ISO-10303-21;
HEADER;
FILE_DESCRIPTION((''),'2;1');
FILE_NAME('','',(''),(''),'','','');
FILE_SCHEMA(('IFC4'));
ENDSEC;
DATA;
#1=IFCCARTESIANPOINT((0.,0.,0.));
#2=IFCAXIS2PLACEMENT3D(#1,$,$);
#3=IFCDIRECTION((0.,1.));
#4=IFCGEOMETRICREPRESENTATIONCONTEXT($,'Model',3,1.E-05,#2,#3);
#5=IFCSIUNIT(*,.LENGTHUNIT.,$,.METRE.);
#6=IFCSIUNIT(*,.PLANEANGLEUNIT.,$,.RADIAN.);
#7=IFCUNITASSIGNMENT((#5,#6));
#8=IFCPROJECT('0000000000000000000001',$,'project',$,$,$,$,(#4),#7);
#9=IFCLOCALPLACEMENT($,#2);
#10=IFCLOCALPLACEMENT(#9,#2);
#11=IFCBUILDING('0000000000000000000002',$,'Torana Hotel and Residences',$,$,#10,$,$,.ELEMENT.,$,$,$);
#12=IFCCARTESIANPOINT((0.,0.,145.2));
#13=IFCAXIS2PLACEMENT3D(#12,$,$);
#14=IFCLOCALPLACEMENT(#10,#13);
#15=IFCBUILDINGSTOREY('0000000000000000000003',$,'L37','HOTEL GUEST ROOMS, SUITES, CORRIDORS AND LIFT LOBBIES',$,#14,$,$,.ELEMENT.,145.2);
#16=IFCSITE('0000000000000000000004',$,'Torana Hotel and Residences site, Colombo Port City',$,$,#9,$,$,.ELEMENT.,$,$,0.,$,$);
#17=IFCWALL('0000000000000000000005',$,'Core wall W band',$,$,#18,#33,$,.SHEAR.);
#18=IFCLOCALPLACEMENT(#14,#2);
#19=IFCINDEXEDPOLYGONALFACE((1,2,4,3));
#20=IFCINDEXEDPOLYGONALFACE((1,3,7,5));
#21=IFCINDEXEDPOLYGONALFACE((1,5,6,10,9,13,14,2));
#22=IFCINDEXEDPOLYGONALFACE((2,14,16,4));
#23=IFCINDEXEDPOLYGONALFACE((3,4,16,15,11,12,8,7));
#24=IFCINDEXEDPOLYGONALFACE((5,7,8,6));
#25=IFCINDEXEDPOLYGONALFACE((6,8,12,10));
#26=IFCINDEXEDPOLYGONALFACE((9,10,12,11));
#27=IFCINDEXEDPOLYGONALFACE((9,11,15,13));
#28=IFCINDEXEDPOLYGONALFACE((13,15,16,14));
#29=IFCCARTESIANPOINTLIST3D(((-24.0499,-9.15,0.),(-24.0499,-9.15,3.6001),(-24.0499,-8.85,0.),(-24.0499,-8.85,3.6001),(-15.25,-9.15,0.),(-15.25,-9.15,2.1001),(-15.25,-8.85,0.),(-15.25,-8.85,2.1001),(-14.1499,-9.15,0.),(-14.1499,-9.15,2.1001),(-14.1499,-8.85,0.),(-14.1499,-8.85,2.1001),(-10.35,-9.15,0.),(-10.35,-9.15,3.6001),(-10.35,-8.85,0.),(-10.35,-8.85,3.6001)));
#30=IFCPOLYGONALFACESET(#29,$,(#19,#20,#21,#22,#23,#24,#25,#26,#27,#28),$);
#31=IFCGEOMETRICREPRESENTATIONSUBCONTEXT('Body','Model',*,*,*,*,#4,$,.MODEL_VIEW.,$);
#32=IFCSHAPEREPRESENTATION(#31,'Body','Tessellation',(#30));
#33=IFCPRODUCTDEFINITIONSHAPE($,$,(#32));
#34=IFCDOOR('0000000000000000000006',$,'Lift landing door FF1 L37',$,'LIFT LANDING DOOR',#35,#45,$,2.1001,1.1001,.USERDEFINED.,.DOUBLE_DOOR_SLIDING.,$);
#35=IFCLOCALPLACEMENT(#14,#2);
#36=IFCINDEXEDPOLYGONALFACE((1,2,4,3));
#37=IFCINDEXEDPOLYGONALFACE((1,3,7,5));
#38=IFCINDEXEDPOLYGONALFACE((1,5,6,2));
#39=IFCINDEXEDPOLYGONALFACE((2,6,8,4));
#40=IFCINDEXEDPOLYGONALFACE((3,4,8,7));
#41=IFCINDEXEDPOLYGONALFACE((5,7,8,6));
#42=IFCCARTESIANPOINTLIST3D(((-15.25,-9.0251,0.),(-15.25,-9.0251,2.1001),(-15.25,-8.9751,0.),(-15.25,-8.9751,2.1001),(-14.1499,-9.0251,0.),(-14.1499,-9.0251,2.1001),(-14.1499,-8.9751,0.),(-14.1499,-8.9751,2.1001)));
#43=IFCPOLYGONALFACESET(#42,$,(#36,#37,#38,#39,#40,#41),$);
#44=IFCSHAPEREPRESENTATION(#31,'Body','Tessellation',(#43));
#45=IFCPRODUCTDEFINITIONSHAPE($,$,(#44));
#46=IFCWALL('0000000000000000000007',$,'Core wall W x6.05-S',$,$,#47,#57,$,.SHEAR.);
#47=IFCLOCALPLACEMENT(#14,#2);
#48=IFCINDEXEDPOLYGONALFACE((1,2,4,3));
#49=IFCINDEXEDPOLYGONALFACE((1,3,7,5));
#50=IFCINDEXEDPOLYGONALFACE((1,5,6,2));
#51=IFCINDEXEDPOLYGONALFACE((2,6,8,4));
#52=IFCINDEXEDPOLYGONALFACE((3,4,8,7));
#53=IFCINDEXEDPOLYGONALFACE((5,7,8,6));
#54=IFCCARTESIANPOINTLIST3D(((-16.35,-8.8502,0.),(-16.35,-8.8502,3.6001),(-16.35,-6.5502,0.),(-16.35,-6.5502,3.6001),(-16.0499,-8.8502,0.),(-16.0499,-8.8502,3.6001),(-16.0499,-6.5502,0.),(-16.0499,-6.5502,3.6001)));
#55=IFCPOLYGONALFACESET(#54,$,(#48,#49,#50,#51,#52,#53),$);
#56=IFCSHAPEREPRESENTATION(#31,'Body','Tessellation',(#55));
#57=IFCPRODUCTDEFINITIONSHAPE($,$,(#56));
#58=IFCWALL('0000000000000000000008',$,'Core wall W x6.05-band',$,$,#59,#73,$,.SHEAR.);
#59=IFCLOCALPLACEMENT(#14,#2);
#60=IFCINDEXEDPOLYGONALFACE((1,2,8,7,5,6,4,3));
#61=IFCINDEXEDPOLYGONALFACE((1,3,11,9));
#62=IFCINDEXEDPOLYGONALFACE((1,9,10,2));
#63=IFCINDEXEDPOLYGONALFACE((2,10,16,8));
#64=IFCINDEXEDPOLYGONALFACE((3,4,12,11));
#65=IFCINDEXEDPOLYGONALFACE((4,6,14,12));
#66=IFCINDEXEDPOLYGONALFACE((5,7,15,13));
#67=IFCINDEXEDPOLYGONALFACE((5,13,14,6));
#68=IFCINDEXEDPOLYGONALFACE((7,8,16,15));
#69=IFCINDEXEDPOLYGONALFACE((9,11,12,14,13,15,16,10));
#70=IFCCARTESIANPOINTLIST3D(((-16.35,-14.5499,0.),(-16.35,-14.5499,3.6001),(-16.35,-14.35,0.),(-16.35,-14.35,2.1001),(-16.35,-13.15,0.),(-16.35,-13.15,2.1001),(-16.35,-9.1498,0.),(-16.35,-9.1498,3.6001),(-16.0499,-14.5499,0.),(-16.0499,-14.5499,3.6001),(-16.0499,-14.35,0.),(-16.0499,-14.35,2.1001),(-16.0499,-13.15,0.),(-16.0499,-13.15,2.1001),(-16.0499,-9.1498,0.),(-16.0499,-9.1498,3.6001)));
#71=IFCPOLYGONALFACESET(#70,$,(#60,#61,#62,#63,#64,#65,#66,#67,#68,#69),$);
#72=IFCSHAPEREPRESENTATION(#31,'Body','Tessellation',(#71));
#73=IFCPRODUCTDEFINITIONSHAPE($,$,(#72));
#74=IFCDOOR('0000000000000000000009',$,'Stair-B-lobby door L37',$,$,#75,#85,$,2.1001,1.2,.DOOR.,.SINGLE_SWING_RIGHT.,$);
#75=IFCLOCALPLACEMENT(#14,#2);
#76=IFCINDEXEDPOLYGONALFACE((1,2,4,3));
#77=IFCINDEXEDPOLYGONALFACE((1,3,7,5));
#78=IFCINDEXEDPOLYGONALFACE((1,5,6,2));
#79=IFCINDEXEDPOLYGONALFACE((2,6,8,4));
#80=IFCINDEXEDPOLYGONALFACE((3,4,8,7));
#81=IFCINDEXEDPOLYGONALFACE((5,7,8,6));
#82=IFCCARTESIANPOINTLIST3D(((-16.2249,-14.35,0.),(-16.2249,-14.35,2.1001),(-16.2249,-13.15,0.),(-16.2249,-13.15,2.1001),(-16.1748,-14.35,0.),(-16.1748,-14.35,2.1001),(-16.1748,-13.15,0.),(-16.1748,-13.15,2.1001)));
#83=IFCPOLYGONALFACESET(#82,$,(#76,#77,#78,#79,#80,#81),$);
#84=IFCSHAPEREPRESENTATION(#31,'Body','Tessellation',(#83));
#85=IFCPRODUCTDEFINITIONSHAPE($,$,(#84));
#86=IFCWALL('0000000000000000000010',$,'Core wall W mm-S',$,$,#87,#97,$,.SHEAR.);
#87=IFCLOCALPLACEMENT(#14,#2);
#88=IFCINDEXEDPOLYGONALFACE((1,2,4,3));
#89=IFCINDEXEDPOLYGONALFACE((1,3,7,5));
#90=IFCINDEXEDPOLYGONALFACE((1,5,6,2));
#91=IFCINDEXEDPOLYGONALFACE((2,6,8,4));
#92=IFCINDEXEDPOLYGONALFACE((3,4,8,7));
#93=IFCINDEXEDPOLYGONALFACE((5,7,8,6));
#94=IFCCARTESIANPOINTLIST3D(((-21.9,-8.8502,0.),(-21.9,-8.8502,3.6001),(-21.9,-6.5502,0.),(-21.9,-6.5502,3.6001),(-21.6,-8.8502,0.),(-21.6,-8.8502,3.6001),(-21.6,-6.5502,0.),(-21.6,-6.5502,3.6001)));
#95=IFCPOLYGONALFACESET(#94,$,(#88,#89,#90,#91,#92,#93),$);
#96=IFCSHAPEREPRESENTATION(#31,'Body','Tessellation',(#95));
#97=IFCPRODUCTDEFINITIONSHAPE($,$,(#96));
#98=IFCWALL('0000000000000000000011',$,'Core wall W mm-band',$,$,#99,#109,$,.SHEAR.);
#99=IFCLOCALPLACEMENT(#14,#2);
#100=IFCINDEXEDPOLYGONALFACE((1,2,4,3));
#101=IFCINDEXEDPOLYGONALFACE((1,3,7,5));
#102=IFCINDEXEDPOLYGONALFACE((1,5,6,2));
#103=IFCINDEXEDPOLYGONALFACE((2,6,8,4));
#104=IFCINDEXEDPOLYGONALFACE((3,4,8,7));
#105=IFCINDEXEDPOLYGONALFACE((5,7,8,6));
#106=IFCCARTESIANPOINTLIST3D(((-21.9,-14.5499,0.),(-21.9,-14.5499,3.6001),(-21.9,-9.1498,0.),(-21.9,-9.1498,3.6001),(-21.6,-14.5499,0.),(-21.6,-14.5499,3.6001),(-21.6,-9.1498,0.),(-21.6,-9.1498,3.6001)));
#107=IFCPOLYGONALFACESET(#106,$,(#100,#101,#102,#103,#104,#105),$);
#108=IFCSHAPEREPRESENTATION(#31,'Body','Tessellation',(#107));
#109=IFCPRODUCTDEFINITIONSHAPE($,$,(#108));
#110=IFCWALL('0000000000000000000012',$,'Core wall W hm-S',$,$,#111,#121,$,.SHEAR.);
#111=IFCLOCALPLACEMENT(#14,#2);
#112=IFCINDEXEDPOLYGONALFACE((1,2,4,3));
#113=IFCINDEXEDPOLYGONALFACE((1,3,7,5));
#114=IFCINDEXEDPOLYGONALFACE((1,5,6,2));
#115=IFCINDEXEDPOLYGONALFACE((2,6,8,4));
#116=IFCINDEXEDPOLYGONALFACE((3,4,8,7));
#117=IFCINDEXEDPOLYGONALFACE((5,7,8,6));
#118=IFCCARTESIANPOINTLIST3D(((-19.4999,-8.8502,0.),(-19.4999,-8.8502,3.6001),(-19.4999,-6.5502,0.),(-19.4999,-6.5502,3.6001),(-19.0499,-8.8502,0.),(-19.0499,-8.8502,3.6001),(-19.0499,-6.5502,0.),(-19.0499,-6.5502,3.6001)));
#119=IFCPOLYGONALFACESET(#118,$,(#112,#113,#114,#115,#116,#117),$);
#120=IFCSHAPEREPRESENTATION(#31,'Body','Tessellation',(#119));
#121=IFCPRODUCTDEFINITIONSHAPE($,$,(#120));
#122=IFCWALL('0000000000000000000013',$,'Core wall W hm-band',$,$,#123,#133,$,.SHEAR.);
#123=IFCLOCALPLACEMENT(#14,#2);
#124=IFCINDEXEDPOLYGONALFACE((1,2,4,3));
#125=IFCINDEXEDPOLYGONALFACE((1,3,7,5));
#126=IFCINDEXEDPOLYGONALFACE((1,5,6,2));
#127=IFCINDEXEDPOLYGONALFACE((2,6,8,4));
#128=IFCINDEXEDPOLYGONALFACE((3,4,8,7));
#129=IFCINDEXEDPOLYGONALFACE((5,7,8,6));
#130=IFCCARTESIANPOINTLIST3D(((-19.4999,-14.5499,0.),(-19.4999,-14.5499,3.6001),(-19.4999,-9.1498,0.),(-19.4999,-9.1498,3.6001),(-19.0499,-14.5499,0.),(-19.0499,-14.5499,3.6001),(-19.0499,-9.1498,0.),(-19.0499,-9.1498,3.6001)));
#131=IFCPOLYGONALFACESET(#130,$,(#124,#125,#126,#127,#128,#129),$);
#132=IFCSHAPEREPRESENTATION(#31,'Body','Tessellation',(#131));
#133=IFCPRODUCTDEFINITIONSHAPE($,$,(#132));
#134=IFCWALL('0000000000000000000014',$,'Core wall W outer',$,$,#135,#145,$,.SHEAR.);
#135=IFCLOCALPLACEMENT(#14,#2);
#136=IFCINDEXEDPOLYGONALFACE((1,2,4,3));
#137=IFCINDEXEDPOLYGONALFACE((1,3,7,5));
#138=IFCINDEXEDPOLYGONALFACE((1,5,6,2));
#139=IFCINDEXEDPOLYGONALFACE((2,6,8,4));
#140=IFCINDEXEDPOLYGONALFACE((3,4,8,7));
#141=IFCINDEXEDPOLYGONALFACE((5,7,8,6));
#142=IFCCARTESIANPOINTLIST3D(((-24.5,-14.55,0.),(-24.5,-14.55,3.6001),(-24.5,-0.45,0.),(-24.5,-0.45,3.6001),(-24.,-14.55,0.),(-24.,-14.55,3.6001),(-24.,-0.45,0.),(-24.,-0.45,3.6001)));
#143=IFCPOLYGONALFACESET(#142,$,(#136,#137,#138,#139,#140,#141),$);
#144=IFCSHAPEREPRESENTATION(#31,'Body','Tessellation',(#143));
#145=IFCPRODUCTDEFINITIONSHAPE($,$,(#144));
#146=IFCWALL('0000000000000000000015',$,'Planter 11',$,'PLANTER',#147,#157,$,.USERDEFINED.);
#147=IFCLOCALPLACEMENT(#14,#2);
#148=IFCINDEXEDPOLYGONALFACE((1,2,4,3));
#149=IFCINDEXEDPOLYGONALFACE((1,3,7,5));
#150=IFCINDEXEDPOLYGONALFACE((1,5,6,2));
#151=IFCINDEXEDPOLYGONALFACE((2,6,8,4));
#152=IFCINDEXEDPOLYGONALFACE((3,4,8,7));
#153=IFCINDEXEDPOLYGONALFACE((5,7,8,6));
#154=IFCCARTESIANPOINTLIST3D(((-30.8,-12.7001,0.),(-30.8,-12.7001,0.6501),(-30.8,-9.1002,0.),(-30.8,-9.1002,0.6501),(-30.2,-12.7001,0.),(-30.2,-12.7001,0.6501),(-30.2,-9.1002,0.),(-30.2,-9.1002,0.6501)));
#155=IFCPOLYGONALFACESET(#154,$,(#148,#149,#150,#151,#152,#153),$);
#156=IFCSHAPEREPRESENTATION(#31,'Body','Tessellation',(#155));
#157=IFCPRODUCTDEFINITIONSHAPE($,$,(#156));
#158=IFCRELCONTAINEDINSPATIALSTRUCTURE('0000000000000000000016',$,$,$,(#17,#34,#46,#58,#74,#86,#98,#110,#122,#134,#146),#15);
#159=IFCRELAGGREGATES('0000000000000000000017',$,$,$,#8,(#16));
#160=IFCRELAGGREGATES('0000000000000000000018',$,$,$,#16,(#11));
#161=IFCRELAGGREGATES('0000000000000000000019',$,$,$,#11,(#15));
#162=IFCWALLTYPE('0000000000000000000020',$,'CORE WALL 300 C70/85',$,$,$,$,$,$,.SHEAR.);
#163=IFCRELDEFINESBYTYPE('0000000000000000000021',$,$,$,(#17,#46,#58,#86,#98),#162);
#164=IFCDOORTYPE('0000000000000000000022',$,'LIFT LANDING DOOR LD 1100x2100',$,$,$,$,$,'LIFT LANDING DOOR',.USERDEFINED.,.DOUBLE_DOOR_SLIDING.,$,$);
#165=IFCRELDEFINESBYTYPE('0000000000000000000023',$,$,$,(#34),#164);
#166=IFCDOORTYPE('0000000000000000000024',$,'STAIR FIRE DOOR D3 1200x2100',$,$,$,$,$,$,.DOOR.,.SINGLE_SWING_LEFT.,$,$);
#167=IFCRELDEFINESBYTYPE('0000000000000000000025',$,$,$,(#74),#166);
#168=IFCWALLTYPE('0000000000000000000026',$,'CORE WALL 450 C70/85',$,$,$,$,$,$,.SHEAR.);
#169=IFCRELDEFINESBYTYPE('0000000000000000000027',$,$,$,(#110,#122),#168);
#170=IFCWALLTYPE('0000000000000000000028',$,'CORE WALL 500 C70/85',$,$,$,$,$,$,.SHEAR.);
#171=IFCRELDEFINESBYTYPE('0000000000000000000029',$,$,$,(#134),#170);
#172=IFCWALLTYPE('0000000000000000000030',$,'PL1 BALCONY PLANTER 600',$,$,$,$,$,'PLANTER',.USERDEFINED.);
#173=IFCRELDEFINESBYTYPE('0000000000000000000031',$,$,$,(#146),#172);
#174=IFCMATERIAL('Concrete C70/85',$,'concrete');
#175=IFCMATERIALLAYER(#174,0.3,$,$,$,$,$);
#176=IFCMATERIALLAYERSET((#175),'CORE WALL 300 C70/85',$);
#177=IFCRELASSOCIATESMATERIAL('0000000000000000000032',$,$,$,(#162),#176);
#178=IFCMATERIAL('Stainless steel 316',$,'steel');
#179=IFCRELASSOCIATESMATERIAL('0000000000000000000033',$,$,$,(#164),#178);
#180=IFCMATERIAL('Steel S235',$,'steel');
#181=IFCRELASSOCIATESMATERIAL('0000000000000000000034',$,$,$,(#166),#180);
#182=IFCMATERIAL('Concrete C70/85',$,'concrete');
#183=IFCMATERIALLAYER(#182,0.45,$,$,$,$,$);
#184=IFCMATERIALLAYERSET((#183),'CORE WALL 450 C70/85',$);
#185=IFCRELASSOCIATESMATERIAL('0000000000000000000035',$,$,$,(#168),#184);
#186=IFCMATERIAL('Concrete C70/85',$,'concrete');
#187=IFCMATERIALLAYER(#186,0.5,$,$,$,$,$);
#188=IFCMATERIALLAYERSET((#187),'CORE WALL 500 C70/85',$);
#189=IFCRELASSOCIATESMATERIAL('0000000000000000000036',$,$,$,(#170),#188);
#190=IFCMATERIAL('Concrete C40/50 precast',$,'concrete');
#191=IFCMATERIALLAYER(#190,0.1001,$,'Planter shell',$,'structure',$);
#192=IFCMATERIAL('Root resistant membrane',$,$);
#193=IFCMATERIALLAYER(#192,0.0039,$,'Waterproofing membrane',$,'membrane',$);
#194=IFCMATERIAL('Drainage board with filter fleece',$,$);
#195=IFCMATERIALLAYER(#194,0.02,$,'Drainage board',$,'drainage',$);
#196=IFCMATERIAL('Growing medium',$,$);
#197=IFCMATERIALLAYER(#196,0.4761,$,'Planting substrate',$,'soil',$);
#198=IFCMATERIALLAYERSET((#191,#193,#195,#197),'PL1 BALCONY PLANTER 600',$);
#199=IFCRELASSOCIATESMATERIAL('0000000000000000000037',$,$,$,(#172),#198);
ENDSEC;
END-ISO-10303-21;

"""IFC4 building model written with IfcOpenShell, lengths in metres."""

from ifc_helpers import new_model, si_unit, direction, frame, frame_2d, origin, place, context, subcontext, project, spatial, rectangle, extrude, material, layer, layer_set, type_object, element, fill, save


model = new_model("IFC4")

# Units and contexts
model_context = context("Model", 3, precision=1e-05, world=origin(), true_north=direction((0.0, 1.0)))
body_context = subcontext(model_context, "Body", "Model", "MODEL_VIEW")
ifc_project = project(units=[si_unit("LENGTHUNIT", "METRE"), si_unit("PLANEANGLEUNIT", "RADIAN")], contexts=[model_context])

# Site, building, storey
site_placement = place(None, origin())
site = spatial("IfcSite", under=ifc_project, at=site_placement, Name="Torana Hotel and Residences site, Colombo Port City", CompositionType="ELEMENT", RefElevation=0.0)
building_placement = place(site_placement, origin())
building = spatial("IfcBuilding", under=site, at=building_placement, Name="Torana Hotel and Residences", CompositionType="ELEMENT")
storey_placement = place(building_placement, frame((0.0, 0.0, 145.2)))
storey = spatial("IfcBuildingStorey", under=building, at=storey_placement, Name="L37", Description="HOTEL GUEST ROOMS, SUITES, CORRIDORS AND LIFT LOBBIES", CompositionType="ELEMENT", Elevation=145.2)

# Wall, opening, door
ifc_material_1 = material(Name="Concrete C70/85", Category="concrete")
ifc_layer_1 = layer(ifc_material_1, 0.3)
ifc_layer_set_1 = layer_set([ifc_layer_1], Name="CORE WALL 300 C70/85")
wall_type_1 = type_object("IfcWallType", Name="CORE WALL 300 C70/85", PredefinedType="SHEAR", material=ifc_layer_set_1)
wall_1_placement = place(storey_placement, frame((-24.05, -9.0, 0.0), z_axis=(0.0, 0.0, 1.0), x_axis=(1.0, 0.0, 0.0)))
wall_1 = element("IfcWall", 1, at=wall_1_placement, inside=storey, type_object=wall_type_1, Name="Core wall W band", PredefinedType="SHEAR", context=body_context, shape_type="SweptSolid", body=[
    extrude(rectangle(XDim=13.7, YDim=0.3, at=frame_2d((6.8501, 0.0))), origin(), (0.0, 0.0, 1.0), 3.6001),
])
opening_1_placement = place(wall_1_placement, frame((8.8, 0.0, 0.0)))
opening_1 = element("IfcOpeningElement", 2, at=opening_1_placement, cuts=wall_1, PredefinedType="OPENING", context=body_context, shape_type="SweptSolid", body=[
    extrude(rectangle(XDim=1.1001, YDim=2.1001, at=frame_2d((0.55, 1.05))), frame((0.0, 0.1599, 0.0), z_axis=(0.0, -1.0, 0.0), x_axis=(1.0, 0.0, 0.0)), (0.0, 0.0, 1.0), 0.3201),
])
ifc_material_2 = material(Name="Stainless steel 316", Category="steel")
door_type_1 = type_object("IfcDoorType", Name="LIFT LANDING DOOR LD 1100x2100", ElementType="LIFT LANDING DOOR", OperationType="DOUBLE_DOOR_SLIDING", PredefinedType="USERDEFINED", material=ifc_material_2)
door_1_placement = place(opening_1_placement, origin())
door_1 = element("IfcDoor", 3, at=door_1_placement, inside=storey, type_object=door_type_1, Name="Lift landing door FF1 L37", ObjectType="LIFT LANDING DOOR", OperationType="DOUBLE_DOOR_SLIDING", OverallHeight=2.1001, OverallWidth=1.1001, PredefinedType="USERDEFINED", context=body_context, shape_type="SweptSolid", body=[
    extrude(rectangle(XDim=1.1001, YDim=2.1001, at=frame_2d((0.55, 1.05))), frame((0.0, 0.0249, 0.0), z_axis=(0.0, -1.0, 0.0), x_axis=(1.0, 0.0, 0.0)), (0.0, 0.0, 1.0), 0.05),
])
fill(opening_1, door_1)

# Wall
wall_2_placement = place(storey_placement, frame((-16.2, -8.8501, 0.0), z_axis=(0.0, 0.0, 1.0), x_axis=(0.0, 1.0, 0.0)))
element("IfcWall", 4, at=wall_2_placement, inside=storey, type_object=wall_type_1, Name="Core wall W x6.05-S", PredefinedType="SHEAR", context=body_context, shape_type="SweptSolid", body=[
    extrude(rectangle(XDim=2.3, YDim=0.3, at=frame_2d((1.1499, 0.0))), origin(), (0.0, 0.0, 1.0), 3.6001),
])

# Wall, opening, door
wall_3_placement = place(storey_placement, frame((-16.2, -14.55, 0.0), z_axis=(0.0, 0.0, 1.0), x_axis=(0.0, 1.0, 0.0)))
wall_3 = element("IfcWall", 5, at=wall_3_placement, inside=storey, type_object=wall_type_1, Name="Core wall W x6.05-band", PredefinedType="SHEAR", context=body_context, shape_type="SweptSolid", body=[
    extrude(rectangle(XDim=5.4001, YDim=0.3, at=frame_2d((2.7002, 0.0))), origin(), (0.0, 0.0, 1.0), 3.6001),
])
opening_2_placement = place(wall_3_placement, frame((0.2, 0.0, 0.0)))
opening_2 = element("IfcOpeningElement", 6, at=opening_2_placement, cuts=wall_3, PredefinedType="OPENING", context=body_context, shape_type="SweptSolid", body=[
    extrude(rectangle(XDim=1.2, YDim=2.1001, at=frame_2d((0.6001, 1.05))), frame((0.0, 0.1599, 0.0), z_axis=(0.0, -1.0, 0.0), x_axis=(1.0, 0.0, 0.0)), (0.0, 0.0, 1.0), 0.3201),
])
ifc_material_3 = material(Name="Steel S235", Category="steel")
door_type_2 = type_object("IfcDoorType", Name="STAIR FIRE DOOR D3 1200x2100", OperationType="SINGLE_SWING_LEFT", PredefinedType="DOOR", material=ifc_material_3)
door_2_placement = place(opening_2_placement, origin())
door_2 = element("IfcDoor", 7, at=door_2_placement, inside=storey, type_object=door_type_2, Name="Stair-B-lobby door L37", OperationType="SINGLE_SWING_RIGHT", OverallHeight=2.1001, OverallWidth=1.2, PredefinedType="DOOR", context=body_context, shape_type="SweptSolid", body=[
    extrude(rectangle(XDim=1.2, YDim=2.1001, at=frame_2d((0.6001, 1.05))), frame((0.0, 0.0249, 0.0), z_axis=(0.0, -1.0, 0.0), x_axis=(1.0, 0.0, 0.0)), (0.0, 0.0, 1.0), 0.05),
])
fill(opening_2, door_2)

# Walls
wall_4_placement = place(storey_placement, frame((-21.75, -8.8501, 0.0), z_axis=(0.0, 0.0, 1.0), x_axis=(0.0, 1.0, 0.0)))
element("IfcWall", 8, at=wall_4_placement, inside=storey, type_object=wall_type_1, Name="Core wall W mm-S", PredefinedType="SHEAR", context=body_context, shape_type="SweptSolid", body=[
    extrude(rectangle(XDim=2.3, YDim=0.3, at=frame_2d((1.1499, 0.0))), origin(), (0.0, 0.0, 1.0), 3.6001),
])
wall_5_placement = place(storey_placement, frame((-21.75, -14.55, 0.0), z_axis=(0.0, 0.0, 1.0), x_axis=(0.0, 1.0, 0.0)))
element("IfcWall", 9, at=wall_5_placement, inside=storey, type_object=wall_type_1, Name="Core wall W mm-band", PredefinedType="SHEAR", context=body_context, shape_type="SweptSolid", body=[
    extrude(rectangle(XDim=5.4001, YDim=0.3, at=frame_2d((2.7002, 0.0))), origin(), (0.0, 0.0, 1.0), 3.6001),
])
ifc_material_4 = material(Name="Concrete C70/85", Category="concrete")
ifc_layer_2 = layer(ifc_material_4, 0.45)
ifc_layer_set_2 = layer_set([ifc_layer_2], Name="CORE WALL 450 C70/85")
wall_type_2 = type_object("IfcWallType", Name="CORE WALL 450 C70/85", PredefinedType="SHEAR", material=ifc_layer_set_2)
wall_6_placement = place(storey_placement, frame((-19.2749, -8.8501, 0.0), z_axis=(0.0, 0.0, 1.0), x_axis=(0.0, 1.0, 0.0)))
element("IfcWall", 10, at=wall_6_placement, inside=storey, type_object=wall_type_2, Name="Core wall W hm-S", PredefinedType="SHEAR", context=body_context, shape_type="SweptSolid", body=[
    extrude(rectangle(XDim=2.3, YDim=0.45, at=frame_2d((1.1499, 0.0))), origin(), (0.0, 0.0, 1.0), 3.6001),
])
wall_7_placement = place(storey_placement, frame((-19.2749, -14.55, 0.0), z_axis=(0.0, 0.0, 1.0), x_axis=(0.0, 1.0, 0.0)))
element("IfcWall", 11, at=wall_7_placement, inside=storey, type_object=wall_type_2, Name="Core wall W hm-band", PredefinedType="SHEAR", context=body_context, shape_type="SweptSolid", body=[
    extrude(rectangle(XDim=5.4001, YDim=0.45, at=frame_2d((2.7002, 0.0))), origin(), (0.0, 0.0, 1.0), 3.6001),
])
ifc_material_5 = material(Name="Concrete C70/85", Category="concrete")
ifc_layer_3 = layer(ifc_material_5, 0.5)
ifc_layer_set_3 = layer_set([ifc_layer_3], Name="CORE WALL 500 C70/85")
wall_type_3 = type_object("IfcWallType", Name="CORE WALL 500 C70/85", PredefinedType="SHEAR", material=ifc_layer_set_3)
wall_8_placement = place(storey_placement, frame((-24.25, -14.55, 0.0), z_axis=(0.0, 0.0, 1.0), x_axis=(0.0, 1.0, 0.0)))
element("IfcWall", 12, at=wall_8_placement, inside=storey, type_object=wall_type_3, Name="Core wall W outer", PredefinedType="SHEAR", context=body_context, shape_type="SweptSolid", body=[
    extrude(rectangle(XDim=14.1001, YDim=0.5, at=frame_2d((7.05, 0.0))), origin(), (0.0, 0.0, 1.0), 3.6001),
])
ifc_material_6 = material(Name="Concrete C40/50 precast", Category="concrete")
ifc_layer_4 = layer(ifc_material_6, 0.1001, Name="Planter shell", Category="structure")
ifc_material_7 = material(Name="Root resistant membrane")
ifc_layer_5 = layer(ifc_material_7, 0.0039, Name="Waterproofing membrane", Category="membrane")
ifc_material_8 = material(Name="Drainage board with filter fleece")
ifc_layer_6 = layer(ifc_material_8, 0.02, Name="Drainage board", Category="drainage")
ifc_material_9 = material(Name="Growing medium")
ifc_layer_7 = layer(ifc_material_9, 0.4761, Name="Planting substrate", Category="soil")
ifc_layer_set_4 = layer_set([ifc_layer_4, ifc_layer_5, ifc_layer_6, ifc_layer_7], Name="PL1 BALCONY PLANTER 600")
wall_type_4 = type_object("IfcWallType", Name="PL1 BALCONY PLANTER 600", ElementType="PLANTER", PredefinedType="USERDEFINED", material=ifc_layer_set_4)
wall_9_placement = place(storey_placement, frame((-30.5, -12.7, 0.0), z_axis=(0.0, 0.0, 1.0), x_axis=(0.0, 1.0, 0.0)))
element("IfcWall", 13, at=wall_9_placement, inside=storey, type_object=wall_type_4, Name="Planter 11", ObjectType="PLANTER", PredefinedType="USERDEFINED", context=body_context, shape_type="SweptSolid", body=[
    extrude(rectangle(XDim=3.5999, YDim=0.6001, at=frame_2d((1.7998, 0.0))), origin(), (0.0, 0.0, 1.0), 0.6501),
])

save(model, "model.ifc")
